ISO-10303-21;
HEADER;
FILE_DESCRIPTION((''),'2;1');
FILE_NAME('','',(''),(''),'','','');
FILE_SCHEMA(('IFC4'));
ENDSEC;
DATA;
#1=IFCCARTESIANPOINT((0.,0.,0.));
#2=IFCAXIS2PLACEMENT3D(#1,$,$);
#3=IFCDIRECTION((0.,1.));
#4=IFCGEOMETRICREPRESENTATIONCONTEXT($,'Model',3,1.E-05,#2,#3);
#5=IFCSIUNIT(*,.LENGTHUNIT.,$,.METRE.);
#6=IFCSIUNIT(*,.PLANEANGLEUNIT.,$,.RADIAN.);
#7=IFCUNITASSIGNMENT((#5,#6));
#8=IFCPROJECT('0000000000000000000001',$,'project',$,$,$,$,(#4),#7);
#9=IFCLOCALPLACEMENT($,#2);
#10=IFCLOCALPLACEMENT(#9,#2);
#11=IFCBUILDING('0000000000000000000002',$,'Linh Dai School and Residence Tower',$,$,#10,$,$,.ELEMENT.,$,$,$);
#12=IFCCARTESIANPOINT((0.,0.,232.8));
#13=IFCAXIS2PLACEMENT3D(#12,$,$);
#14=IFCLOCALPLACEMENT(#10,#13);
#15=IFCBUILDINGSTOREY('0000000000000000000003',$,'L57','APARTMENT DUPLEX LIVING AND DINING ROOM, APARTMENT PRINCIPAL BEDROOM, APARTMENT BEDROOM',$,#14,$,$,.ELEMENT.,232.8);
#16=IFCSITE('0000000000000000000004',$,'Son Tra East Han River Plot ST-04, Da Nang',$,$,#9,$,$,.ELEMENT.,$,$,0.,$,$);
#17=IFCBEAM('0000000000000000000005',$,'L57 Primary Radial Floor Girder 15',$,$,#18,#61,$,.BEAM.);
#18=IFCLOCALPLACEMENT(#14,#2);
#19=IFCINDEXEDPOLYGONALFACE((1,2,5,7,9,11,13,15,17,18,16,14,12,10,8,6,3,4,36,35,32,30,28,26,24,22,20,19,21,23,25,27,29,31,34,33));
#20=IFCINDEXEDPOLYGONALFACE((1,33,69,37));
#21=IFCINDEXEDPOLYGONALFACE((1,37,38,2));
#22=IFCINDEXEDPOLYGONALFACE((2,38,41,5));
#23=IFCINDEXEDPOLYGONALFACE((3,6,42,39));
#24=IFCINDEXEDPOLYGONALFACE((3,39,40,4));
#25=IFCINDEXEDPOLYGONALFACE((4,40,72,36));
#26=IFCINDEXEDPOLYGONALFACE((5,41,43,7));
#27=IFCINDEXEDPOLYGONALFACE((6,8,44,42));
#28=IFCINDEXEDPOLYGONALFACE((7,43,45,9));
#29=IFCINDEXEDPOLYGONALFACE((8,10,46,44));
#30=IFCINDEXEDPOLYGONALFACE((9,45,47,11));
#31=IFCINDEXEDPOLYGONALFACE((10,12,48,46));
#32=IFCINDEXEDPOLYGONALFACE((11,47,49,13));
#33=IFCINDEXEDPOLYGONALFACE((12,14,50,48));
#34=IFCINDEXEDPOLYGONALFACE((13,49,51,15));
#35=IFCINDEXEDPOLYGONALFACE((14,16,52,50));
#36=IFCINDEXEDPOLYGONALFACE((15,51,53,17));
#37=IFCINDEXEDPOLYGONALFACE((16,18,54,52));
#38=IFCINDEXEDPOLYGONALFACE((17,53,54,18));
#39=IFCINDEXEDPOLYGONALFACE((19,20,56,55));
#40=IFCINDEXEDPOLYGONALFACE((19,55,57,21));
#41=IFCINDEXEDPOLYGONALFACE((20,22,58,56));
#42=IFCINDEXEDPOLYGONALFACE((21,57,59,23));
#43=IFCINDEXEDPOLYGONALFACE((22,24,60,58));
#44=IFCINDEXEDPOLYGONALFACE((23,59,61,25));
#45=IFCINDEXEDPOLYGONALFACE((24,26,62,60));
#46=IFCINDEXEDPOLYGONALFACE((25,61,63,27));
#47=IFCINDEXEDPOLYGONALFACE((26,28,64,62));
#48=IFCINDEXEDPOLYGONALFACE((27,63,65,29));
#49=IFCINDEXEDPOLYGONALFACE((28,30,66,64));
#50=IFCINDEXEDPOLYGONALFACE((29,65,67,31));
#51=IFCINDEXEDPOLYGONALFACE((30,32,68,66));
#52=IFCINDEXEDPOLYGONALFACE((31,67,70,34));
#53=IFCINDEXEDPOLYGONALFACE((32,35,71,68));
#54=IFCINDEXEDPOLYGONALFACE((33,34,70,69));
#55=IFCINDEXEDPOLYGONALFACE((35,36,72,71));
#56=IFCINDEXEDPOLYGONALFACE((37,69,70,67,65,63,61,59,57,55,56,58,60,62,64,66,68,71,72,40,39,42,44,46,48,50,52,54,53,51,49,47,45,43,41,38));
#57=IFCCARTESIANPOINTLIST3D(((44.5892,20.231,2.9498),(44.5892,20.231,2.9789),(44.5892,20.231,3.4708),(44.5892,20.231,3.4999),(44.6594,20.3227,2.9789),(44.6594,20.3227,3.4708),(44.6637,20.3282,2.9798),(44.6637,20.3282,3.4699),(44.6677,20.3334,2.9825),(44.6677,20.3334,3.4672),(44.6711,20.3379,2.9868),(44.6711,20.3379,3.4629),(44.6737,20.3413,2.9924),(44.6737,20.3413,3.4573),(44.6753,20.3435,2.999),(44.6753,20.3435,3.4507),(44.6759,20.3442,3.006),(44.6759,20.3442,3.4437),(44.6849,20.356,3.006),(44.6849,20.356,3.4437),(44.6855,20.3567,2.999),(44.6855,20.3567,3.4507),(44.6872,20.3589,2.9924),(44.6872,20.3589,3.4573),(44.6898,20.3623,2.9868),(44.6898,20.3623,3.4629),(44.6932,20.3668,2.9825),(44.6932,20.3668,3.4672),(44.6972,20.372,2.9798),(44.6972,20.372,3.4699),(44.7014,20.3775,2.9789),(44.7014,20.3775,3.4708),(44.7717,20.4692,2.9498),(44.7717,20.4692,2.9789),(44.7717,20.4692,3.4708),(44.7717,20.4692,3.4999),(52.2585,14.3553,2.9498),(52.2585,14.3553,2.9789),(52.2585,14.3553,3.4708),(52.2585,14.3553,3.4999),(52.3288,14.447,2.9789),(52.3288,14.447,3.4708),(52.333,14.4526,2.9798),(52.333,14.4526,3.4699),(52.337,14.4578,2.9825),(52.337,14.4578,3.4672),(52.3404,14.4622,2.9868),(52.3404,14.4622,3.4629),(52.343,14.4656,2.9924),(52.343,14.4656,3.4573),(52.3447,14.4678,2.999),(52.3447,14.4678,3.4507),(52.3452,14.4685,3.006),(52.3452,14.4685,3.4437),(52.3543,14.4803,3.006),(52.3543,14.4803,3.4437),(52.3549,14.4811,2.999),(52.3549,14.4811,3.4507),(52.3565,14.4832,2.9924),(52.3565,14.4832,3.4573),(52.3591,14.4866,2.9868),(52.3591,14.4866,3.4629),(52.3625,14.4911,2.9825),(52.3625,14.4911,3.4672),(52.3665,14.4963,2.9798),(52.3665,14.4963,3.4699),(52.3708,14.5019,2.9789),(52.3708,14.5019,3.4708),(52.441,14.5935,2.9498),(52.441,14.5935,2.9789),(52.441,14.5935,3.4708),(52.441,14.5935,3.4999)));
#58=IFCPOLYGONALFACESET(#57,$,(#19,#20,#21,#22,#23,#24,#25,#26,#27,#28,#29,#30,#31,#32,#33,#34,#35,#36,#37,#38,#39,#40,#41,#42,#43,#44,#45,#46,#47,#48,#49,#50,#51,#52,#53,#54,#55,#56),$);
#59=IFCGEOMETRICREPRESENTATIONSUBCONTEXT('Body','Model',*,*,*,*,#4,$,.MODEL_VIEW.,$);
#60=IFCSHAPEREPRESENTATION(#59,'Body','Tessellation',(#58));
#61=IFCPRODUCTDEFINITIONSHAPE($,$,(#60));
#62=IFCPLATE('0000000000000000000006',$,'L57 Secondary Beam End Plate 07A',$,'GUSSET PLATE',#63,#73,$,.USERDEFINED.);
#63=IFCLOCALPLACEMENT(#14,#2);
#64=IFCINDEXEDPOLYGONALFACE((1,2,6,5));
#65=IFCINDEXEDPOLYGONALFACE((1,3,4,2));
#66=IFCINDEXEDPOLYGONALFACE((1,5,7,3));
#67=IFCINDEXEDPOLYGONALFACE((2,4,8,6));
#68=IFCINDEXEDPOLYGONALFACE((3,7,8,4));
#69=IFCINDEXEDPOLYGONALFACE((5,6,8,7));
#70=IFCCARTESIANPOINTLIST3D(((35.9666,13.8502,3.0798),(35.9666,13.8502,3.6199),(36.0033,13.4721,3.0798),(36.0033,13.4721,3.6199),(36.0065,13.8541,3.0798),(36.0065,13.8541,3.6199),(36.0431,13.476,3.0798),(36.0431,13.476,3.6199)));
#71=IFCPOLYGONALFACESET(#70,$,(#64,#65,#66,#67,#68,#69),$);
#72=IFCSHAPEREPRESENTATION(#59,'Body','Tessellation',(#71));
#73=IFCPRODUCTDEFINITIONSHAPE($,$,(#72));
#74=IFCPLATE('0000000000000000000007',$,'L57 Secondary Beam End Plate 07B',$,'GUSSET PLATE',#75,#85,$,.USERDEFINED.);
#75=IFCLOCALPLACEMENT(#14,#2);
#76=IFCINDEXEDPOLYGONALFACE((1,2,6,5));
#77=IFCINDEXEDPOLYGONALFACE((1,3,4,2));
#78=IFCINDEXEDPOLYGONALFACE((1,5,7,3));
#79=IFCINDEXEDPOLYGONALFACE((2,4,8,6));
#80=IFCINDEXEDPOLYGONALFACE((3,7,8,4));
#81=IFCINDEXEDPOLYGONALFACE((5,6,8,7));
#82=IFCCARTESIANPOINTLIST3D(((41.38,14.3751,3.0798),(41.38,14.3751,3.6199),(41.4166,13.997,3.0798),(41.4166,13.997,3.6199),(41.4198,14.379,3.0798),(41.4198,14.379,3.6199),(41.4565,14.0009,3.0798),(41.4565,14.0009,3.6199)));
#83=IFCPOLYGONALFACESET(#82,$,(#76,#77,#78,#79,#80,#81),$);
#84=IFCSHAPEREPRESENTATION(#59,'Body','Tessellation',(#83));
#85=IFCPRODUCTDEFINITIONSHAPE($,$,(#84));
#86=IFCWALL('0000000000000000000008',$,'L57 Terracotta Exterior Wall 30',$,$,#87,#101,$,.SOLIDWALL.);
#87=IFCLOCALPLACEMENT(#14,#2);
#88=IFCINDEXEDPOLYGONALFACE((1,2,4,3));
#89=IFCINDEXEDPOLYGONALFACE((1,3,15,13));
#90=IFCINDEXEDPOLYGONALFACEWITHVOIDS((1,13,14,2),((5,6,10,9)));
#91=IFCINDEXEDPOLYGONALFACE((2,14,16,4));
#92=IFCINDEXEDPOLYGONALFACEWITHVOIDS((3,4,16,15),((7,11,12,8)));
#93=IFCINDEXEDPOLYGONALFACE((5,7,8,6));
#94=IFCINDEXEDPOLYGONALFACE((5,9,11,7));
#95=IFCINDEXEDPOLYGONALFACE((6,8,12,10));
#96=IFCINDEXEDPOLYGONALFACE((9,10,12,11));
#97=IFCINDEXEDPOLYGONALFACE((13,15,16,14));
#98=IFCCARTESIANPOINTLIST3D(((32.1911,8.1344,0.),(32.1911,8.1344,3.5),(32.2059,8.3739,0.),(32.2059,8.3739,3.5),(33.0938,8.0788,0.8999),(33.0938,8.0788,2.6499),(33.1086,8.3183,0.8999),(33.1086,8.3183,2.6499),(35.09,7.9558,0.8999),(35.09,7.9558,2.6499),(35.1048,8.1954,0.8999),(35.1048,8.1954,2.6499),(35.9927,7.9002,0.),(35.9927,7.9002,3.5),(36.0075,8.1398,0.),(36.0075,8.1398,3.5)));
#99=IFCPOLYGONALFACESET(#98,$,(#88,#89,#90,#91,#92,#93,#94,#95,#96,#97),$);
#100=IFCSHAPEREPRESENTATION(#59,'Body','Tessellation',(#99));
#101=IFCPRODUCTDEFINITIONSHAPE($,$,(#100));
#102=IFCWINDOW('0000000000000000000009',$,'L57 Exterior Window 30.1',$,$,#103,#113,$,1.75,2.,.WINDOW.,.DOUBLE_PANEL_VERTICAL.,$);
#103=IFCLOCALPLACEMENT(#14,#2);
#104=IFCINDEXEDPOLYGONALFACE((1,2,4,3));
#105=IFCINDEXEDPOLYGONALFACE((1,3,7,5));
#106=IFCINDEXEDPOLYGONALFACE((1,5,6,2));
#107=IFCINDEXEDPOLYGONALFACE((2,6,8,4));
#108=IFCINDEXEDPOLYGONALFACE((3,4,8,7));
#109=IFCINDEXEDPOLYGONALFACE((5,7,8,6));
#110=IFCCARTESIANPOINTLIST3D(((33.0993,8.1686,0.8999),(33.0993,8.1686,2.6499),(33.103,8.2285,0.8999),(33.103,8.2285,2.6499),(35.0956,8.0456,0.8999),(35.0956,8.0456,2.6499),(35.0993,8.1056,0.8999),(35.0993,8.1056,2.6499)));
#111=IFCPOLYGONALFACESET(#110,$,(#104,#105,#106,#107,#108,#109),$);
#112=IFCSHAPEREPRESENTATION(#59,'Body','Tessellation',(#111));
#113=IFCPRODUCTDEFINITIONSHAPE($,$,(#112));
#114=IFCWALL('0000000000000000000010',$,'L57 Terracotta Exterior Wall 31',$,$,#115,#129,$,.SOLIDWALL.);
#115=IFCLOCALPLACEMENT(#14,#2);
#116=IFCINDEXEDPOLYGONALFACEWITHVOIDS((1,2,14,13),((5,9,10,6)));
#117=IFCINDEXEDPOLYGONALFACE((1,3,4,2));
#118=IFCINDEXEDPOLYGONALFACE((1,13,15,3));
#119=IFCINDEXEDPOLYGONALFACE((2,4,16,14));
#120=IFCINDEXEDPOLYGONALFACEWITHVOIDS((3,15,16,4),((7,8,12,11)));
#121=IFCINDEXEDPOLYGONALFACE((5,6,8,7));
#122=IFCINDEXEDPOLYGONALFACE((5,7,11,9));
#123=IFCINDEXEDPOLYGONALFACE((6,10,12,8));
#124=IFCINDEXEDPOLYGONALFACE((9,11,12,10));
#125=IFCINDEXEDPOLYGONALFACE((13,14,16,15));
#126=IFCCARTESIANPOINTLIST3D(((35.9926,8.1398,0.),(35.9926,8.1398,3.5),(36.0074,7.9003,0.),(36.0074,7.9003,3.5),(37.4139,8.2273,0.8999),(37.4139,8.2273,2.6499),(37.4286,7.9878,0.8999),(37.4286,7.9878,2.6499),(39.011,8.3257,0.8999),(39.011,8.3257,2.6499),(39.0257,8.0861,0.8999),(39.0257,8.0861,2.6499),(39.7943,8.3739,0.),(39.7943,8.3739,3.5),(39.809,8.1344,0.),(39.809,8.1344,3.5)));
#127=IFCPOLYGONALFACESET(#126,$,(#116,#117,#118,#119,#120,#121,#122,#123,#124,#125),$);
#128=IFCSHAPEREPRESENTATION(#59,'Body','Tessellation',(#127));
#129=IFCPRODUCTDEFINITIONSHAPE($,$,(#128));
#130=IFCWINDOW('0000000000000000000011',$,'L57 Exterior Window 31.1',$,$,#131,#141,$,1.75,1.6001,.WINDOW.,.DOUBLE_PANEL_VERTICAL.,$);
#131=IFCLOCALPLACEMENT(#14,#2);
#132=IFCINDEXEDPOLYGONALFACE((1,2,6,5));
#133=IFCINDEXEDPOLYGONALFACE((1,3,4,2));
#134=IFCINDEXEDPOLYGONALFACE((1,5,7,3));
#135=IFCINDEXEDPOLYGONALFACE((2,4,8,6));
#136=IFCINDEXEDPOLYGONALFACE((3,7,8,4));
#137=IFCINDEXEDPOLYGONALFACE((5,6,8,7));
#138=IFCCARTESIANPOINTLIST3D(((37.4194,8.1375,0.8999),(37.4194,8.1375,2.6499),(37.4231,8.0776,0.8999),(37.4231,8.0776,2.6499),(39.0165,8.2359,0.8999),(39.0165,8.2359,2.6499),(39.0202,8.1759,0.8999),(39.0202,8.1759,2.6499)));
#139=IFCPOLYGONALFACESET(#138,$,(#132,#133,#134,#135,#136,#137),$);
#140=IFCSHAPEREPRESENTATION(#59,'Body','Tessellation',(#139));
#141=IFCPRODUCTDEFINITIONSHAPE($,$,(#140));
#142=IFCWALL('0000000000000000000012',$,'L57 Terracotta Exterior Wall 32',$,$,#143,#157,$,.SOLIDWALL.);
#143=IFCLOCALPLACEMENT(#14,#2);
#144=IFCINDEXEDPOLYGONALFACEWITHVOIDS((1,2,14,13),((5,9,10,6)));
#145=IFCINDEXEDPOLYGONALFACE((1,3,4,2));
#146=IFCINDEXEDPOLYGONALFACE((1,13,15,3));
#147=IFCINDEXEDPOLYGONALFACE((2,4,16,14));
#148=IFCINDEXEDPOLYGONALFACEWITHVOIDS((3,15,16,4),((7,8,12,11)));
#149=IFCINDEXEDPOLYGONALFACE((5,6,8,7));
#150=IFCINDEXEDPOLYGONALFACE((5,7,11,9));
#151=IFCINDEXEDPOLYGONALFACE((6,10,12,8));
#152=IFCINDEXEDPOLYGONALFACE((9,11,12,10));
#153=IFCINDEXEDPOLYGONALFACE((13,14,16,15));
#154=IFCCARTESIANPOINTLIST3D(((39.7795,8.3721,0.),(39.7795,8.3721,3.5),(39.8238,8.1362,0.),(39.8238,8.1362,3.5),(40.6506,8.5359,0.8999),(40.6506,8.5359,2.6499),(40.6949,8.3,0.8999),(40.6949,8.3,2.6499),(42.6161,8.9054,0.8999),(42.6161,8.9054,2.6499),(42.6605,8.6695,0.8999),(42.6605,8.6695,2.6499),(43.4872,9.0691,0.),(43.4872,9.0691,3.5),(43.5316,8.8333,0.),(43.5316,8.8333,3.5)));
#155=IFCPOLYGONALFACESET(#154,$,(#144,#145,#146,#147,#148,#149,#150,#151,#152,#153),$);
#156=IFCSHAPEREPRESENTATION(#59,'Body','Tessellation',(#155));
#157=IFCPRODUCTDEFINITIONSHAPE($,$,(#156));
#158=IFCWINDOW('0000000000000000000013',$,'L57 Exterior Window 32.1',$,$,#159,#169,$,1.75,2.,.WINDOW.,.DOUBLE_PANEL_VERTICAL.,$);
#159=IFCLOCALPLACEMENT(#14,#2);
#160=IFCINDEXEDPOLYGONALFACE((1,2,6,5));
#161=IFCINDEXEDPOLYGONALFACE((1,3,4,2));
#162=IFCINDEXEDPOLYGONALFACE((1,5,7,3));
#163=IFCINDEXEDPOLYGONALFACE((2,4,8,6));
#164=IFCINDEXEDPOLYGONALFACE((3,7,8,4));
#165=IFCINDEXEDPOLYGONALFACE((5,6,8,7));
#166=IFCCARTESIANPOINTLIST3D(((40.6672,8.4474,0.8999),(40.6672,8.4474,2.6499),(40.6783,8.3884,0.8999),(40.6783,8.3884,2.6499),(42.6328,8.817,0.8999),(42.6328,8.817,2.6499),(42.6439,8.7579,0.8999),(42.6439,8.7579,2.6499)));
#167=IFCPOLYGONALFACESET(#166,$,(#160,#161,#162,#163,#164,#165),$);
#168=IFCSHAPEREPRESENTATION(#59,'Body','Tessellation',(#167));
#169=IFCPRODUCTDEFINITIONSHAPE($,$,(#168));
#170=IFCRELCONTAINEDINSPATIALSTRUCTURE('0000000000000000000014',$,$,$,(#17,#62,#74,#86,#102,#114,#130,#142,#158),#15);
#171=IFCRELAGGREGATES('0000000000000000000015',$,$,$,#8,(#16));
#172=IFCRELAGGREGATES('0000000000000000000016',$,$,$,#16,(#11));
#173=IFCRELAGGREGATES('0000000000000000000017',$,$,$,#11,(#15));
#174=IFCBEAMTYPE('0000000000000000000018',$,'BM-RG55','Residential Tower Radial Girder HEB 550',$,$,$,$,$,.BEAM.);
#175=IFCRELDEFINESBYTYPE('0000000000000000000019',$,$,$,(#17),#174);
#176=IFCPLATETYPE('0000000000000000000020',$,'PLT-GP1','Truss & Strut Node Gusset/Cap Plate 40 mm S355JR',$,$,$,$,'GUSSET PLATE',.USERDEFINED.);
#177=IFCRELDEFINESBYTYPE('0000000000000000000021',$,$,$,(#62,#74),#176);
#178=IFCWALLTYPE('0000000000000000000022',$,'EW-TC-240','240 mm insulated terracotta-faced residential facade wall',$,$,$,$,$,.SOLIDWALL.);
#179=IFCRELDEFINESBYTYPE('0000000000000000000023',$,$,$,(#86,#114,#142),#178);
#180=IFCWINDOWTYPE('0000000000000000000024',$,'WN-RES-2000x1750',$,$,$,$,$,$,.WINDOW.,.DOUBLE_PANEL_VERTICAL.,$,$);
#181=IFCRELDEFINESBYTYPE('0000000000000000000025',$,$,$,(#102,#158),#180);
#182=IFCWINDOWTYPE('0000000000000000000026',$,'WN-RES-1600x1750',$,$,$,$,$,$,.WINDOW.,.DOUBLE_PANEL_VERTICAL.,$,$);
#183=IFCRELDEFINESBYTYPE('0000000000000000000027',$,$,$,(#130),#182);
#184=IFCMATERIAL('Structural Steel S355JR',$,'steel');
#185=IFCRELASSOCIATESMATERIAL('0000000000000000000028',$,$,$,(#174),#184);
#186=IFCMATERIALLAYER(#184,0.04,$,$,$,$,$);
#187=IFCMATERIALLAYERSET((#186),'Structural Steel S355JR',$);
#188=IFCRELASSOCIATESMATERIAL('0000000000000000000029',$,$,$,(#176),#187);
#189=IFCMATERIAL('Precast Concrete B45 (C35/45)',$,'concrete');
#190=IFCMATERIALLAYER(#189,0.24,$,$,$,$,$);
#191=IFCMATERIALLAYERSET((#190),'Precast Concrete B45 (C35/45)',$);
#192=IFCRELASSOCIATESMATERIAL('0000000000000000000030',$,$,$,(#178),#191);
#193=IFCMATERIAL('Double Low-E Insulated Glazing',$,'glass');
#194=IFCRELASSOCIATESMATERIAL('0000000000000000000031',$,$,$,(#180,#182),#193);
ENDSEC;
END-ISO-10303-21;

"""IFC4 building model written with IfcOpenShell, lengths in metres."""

from ifc_helpers import new_model, si_unit, direction, frame, frame_2d, origin, origin_2d, place, context, subcontext, project, spatial, rectangle, i_section, extrude, source, transform, mapped, material, layer, layer_set, material_profile, profile_set, type_object, element, fill, save


model = new_model("IFC4")

# Units and contexts
model_context = context("Model", 3, precision=1e-05, world=origin(), true_north=direction((0.0, 1.0)))
body_context = subcontext(model_context, "Body", "Model", "MODEL_VIEW")
ifc_project = project(units=[si_unit("LENGTHUNIT", "METRE"), si_unit("PLANEANGLEUNIT", "RADIAN")], contexts=[model_context])

# Site, building, storey
site_placement = place(None, origin())
site = spatial("IfcSite", under=ifc_project, at=site_placement, Name="Son Tra East Han River Plot ST-04, Da Nang", CompositionType="ELEMENT", RefElevation=0.0)
building_placement = place(site_placement, origin())
building = spatial("IfcBuilding", under=site, at=building_placement, Name="Linh Dai School and Residence Tower", CompositionType="ELEMENT")
storey_placement = place(building_placement, frame((0.0, 0.0, 232.8)))
storey = spatial("IfcBuildingStorey", under=building, at=storey_placement, Name="L57", Description="APARTMENT DUPLEX LIVING AND DINING ROOM, APARTMENT PRINCIPAL BEDROOM, APARTMENT BEDROOM", CompositionType="ELEMENT", Elevation=232.8)

# Shared definitions
ifc_material_1 = material(Name="Structural Steel S355JR", Category="steel")

# Beam
ifc_material_profile_1 = material_profile(ifc_material_1, i_section(OverallWidth=0.3, OverallDepth=0.55, WebThickness=0.0149, FlangeThickness=0.0291, FilletRadius=0.0271, at=origin_2d()), Name="HEB 550")
ifc_profile_set_1 = profile_set([ifc_material_profile_1], Name="Structural Steel S355JR")
beam_type_1 = type_object("IfcBeamType", Name="BM-RG55", Description="Residential Tower Radial Girder HEB 550", PredefinedType="BEAM", material=ifc_profile_set_1)
beam_1_placement = place(storey_placement, frame((44.6804, 20.3501, 3.2249), z_axis=(0.793815, -0.60816, 0.0), x_axis=(0.60816, 0.793815, 0.0)))
element("IfcBeam", 1, at=beam_1_placement, inside=storey, type_object=beam_type_1, Name="L57 Primary Radial Floor Girder 15", PredefinedType="BEAM", context=body_context, shape_type="SweptSolid", body=[
    extrude(i_section(OverallWidth=0.3, OverallDepth=0.55, WebThickness=0.0149, FlangeThickness=0.0291, FilletRadius=0.0271, at=origin_2d()), origin(), (0.0, 0.0, 1.0), 9.6614),
])

# Plates
ifc_layer_1 = layer(ifc_material_1, 0.04)
ifc_layer_set_1 = layer_set([ifc_layer_1], Name="Structural Steel S355JR")
plate_type = type_object("IfcPlateType", Name="PLT-GP1", Description="Truss & Strut Node Gusset/Cap Plate 40 mm S355JR", ElementType="GUSSET PLATE", PredefinedType="USERDEFINED", material=ifc_layer_set_1)
shared_shape_1 = source(origin(), body_context, "Body", "SweptSolid", [
    extrude(rectangle(XDim=0.04, YDim=0.3799, at=origin_2d()), origin(), (0.0, 0.0, 1.0), 0.54),
])
for number, where, z_axis, x_axis, name in (
    (2, (36.0049, 13.6631, 3.0798), (0.0, 0.0, 1.0), (0.995333, 0.096497, 0.0), "L57 Secondary Beam End Plate 07A"),
    (3, (41.4182, 14.188, 3.0798), (0.0, 0.0, 1.0), (0.995333, 0.096497, 0.0), "L57 Secondary Beam End Plate 07B"),
):
    element("IfcPlate", number, at=place(storey_placement, frame(where, z_axis=z_axis, x_axis=x_axis)), inside=storey, type_object=plate_type, Name=name, ObjectType="GUSSET PLATE", PredefinedType="USERDEFINED", context=body_context, shape_type="MappedRepresentation", body=[
        mapped(shared_shape_1, transform((0.0, 0.0, 0.0), x_axis=(1.0, 0.0, 0.0), y_axis=(0.0, 1.0, 0.0), z_axis=(0.0, 0.0, 1.0), scale=1.0)),
    ])

# Walls, openings, windows
ifc_material_2 = material(Name="Precast Concrete B45 (C35/45)", Category="concrete")
ifc_layer_2 = layer(ifc_material_2, 0.24)
ifc_layer_set_2 = layer_set([ifc_layer_2], Name="Precast Concrete B45 (C35/45)")
wall_type_1 = type_object("IfcWallType", Name="EW-TC-240", Description="240 mm insulated terracotta-faced residential facade wall", PredefinedType="SOLIDWALL", material=ifc_layer_set_2)
wall_1_placement = place(storey_placement, frame((36.0, 8.02, 0.0), z_axis=(0.0, 0.0, 1.0), x_axis=(-0.998109, 0.061472, 0.0)))
wall_1 = element("IfcWall", 4, at=wall_1_placement, inside=storey, type_object=wall_type_1, Name="L57 Terracotta Exterior Wall 30", PredefinedType="SOLIDWALL", context=body_context, shape_type="SweptSolid", body=[
    extrude(rectangle(XDim=3.8088, YDim=0.24, at=frame_2d((1.9043, 0.0))), origin(), (0.0, 0.0, 1.0), 3.5),
])
opening_1_placement = place(wall_1_placement, frame((0.9043, 0.0, 0.8999)))
opening_1 = element("IfcOpeningElement", 5, at=opening_1_placement, cuts=wall_1, PredefinedType="OPENING", context=body_context, shape_type="SweptSolid", body=[
    extrude(rectangle(XDim=2.0, YDim=1.75, at=origin_2d()), frame((1.0, 0.1299, 0.875), z_axis=(0.0, -1.0, 0.0), x_axis=(1.0, 0.0, 0.0)), (0.0, 0.0, 1.0), 0.26),
])
ifc_material_3 = material(Name="Double Low-E Insulated Glazing", Category="glass")
window_type_1 = type_object("IfcWindowType", Name="WN-RES-2000x1750", PartitioningType="DOUBLE_PANEL_VERTICAL", PredefinedType="WINDOW", material=ifc_material_3)
shared_shape_2 = source(origin(), body_context, "Body", "SweptSolid", [
    extrude(rectangle(XDim=2.0, YDim=1.75, at=origin_2d()), frame((1.0, 0.03, 0.875), z_axis=(0.0, -1.0, 0.0), x_axis=(1.0, 0.0, 0.0)), (0.0, 0.0, 1.0), 0.0601),
])
window_1_placement = place(opening_1_placement, origin())
window_1 = element("IfcWindow", 6, at=window_1_placement, inside=storey, type_object=window_type_1, Name="L57 Exterior Window 30.1", OverallHeight=1.75, OverallWidth=2.0, PartitioningType="DOUBLE_PANEL_VERTICAL", PredefinedType="WINDOW", context=body_context, shape_type="MappedRepresentation", body=[
    mapped(shared_shape_2, transform((0.0, 0.0, 0.0), x_axis=(1.0, 0.0, 0.0), y_axis=(0.0, 1.0, 0.0), z_axis=(0.0, 0.0, 1.0), scale=1.0)),
])
fill(opening_1, window_1)
wall_2_placement = place(storey_placement, frame((39.8015, 8.2542, 0.0), z_axis=(0.0, 0.0, 1.0), x_axis=(-0.998109, -0.061472, 0.0)))
wall_2 = element("IfcWall", 7, at=wall_2_placement, inside=storey, type_object=wall_type_1, Name="L57 Terracotta Exterior Wall 31", PredefinedType="SOLIDWALL", context=body_context, shape_type="SweptSolid", body=[
    extrude(rectangle(XDim=3.8088, YDim=0.24, at=frame_2d((1.9043, 0.0))), origin(), (0.0, 0.0, 1.0), 3.5),
])
opening_2_placement = place(wall_2_placement, frame((0.7847, 0.0, 0.8999)))
opening_2 = element("IfcOpeningElement", 8, at=opening_2_placement, cuts=wall_2, PredefinedType="OPENING", context=body_context, shape_type="SweptSolid", body=[
    extrude(rectangle(XDim=1.6001, YDim=1.75, at=origin_2d()), frame((0.8, 0.1299, 0.875), z_axis=(0.0, -1.0, 0.0), x_axis=(1.0, 0.0, 0.0)), (0.0, 0.0, 1.0), 0.26),
])
window_type_2 = type_object("IfcWindowType", Name="WN-RES-1600x1750", PartitioningType="DOUBLE_PANEL_VERTICAL", PredefinedType="WINDOW", material=ifc_material_3)
shared_shape_3 = source(origin(), body_context, "Body", "SweptSolid", [
    extrude(rectangle(XDim=1.6001, YDim=1.75, at=origin_2d()), frame((0.8, 0.03, 0.875), z_axis=(0.0, -1.0, 0.0), x_axis=(1.0, 0.0, 0.0)), (0.0, 0.0, 1.0), 0.0601),
])
window_2_placement = place(opening_2_placement, origin())
window_2 = element("IfcWindow", 9, at=window_2_placement, inside=storey, type_object=window_type_2, Name="L57 Exterior Window 31.1", OverallHeight=1.75, OverallWidth=1.6001, PartitioningType="DOUBLE_PANEL_VERTICAL", PredefinedType="WINDOW", context=body_context, shape_type="MappedRepresentation", body=[
    mapped(shared_shape_3, transform((0.0, 0.0, 0.0), x_axis=(1.0, 0.0, 0.0), y_axis=(0.0, 1.0, 0.0), z_axis=(0.0, 0.0, 1.0), scale=1.0)),
])
fill(opening_2, window_2)
wall_3_placement = place(storey_placement, frame((43.5093, 8.9512, 0.0), z_axis=(0.0, 0.0, 1.0), x_axis=(-0.982785, -0.184753, 0.0)))
wall_3 = element("IfcWall", 10, at=wall_3_placement, inside=storey, type_object=wall_type_1, Name="L57 Terracotta Exterior Wall 32", PredefinedType="SOLIDWALL", context=body_context, shape_type="SweptSolid", body=[
    extrude(rectangle(XDim=3.7727, YDim=0.24, at=frame_2d((1.8862, 0.0))), origin(), (0.0, 0.0, 1.0), 3.5),
])
opening_3_placement = place(wall_3_placement, frame((0.8862, 0.0, 0.8999)))
opening_3 = element("IfcOpeningElement", 11, at=opening_3_placement, cuts=wall_3, PredefinedType="OPENING", context=body_context, shape_type="SweptSolid", body=[
    extrude(rectangle(XDim=2.0, YDim=1.75, at=origin_2d()), frame((1.0, 0.1299, 0.875), z_axis=(0.0, -1.0, 0.0), x_axis=(1.0, 0.0, 0.0)), (0.0, 0.0, 1.0), 0.26),
])
window_3_placement = place(opening_3_placement, origin())
window_3 = element("IfcWindow", 12, at=window_3_placement, inside=storey, type_object=window_type_1, Name="L57 Exterior Window 32.1", OverallHeight=1.75, OverallWidth=2.0, PartitioningType="DOUBLE_PANEL_VERTICAL", PredefinedType="WINDOW", context=body_context, shape_type="MappedRepresentation", body=[
    mapped(shared_shape_2, transform((0.0, 0.0, 0.0), x_axis=(1.0, 0.0, 0.0), y_axis=(0.0, 1.0, 0.0), z_axis=(0.0, 0.0, 1.0), scale=1.0)),
])
fill(opening_3, window_3)

save(model, "model.ifc")
